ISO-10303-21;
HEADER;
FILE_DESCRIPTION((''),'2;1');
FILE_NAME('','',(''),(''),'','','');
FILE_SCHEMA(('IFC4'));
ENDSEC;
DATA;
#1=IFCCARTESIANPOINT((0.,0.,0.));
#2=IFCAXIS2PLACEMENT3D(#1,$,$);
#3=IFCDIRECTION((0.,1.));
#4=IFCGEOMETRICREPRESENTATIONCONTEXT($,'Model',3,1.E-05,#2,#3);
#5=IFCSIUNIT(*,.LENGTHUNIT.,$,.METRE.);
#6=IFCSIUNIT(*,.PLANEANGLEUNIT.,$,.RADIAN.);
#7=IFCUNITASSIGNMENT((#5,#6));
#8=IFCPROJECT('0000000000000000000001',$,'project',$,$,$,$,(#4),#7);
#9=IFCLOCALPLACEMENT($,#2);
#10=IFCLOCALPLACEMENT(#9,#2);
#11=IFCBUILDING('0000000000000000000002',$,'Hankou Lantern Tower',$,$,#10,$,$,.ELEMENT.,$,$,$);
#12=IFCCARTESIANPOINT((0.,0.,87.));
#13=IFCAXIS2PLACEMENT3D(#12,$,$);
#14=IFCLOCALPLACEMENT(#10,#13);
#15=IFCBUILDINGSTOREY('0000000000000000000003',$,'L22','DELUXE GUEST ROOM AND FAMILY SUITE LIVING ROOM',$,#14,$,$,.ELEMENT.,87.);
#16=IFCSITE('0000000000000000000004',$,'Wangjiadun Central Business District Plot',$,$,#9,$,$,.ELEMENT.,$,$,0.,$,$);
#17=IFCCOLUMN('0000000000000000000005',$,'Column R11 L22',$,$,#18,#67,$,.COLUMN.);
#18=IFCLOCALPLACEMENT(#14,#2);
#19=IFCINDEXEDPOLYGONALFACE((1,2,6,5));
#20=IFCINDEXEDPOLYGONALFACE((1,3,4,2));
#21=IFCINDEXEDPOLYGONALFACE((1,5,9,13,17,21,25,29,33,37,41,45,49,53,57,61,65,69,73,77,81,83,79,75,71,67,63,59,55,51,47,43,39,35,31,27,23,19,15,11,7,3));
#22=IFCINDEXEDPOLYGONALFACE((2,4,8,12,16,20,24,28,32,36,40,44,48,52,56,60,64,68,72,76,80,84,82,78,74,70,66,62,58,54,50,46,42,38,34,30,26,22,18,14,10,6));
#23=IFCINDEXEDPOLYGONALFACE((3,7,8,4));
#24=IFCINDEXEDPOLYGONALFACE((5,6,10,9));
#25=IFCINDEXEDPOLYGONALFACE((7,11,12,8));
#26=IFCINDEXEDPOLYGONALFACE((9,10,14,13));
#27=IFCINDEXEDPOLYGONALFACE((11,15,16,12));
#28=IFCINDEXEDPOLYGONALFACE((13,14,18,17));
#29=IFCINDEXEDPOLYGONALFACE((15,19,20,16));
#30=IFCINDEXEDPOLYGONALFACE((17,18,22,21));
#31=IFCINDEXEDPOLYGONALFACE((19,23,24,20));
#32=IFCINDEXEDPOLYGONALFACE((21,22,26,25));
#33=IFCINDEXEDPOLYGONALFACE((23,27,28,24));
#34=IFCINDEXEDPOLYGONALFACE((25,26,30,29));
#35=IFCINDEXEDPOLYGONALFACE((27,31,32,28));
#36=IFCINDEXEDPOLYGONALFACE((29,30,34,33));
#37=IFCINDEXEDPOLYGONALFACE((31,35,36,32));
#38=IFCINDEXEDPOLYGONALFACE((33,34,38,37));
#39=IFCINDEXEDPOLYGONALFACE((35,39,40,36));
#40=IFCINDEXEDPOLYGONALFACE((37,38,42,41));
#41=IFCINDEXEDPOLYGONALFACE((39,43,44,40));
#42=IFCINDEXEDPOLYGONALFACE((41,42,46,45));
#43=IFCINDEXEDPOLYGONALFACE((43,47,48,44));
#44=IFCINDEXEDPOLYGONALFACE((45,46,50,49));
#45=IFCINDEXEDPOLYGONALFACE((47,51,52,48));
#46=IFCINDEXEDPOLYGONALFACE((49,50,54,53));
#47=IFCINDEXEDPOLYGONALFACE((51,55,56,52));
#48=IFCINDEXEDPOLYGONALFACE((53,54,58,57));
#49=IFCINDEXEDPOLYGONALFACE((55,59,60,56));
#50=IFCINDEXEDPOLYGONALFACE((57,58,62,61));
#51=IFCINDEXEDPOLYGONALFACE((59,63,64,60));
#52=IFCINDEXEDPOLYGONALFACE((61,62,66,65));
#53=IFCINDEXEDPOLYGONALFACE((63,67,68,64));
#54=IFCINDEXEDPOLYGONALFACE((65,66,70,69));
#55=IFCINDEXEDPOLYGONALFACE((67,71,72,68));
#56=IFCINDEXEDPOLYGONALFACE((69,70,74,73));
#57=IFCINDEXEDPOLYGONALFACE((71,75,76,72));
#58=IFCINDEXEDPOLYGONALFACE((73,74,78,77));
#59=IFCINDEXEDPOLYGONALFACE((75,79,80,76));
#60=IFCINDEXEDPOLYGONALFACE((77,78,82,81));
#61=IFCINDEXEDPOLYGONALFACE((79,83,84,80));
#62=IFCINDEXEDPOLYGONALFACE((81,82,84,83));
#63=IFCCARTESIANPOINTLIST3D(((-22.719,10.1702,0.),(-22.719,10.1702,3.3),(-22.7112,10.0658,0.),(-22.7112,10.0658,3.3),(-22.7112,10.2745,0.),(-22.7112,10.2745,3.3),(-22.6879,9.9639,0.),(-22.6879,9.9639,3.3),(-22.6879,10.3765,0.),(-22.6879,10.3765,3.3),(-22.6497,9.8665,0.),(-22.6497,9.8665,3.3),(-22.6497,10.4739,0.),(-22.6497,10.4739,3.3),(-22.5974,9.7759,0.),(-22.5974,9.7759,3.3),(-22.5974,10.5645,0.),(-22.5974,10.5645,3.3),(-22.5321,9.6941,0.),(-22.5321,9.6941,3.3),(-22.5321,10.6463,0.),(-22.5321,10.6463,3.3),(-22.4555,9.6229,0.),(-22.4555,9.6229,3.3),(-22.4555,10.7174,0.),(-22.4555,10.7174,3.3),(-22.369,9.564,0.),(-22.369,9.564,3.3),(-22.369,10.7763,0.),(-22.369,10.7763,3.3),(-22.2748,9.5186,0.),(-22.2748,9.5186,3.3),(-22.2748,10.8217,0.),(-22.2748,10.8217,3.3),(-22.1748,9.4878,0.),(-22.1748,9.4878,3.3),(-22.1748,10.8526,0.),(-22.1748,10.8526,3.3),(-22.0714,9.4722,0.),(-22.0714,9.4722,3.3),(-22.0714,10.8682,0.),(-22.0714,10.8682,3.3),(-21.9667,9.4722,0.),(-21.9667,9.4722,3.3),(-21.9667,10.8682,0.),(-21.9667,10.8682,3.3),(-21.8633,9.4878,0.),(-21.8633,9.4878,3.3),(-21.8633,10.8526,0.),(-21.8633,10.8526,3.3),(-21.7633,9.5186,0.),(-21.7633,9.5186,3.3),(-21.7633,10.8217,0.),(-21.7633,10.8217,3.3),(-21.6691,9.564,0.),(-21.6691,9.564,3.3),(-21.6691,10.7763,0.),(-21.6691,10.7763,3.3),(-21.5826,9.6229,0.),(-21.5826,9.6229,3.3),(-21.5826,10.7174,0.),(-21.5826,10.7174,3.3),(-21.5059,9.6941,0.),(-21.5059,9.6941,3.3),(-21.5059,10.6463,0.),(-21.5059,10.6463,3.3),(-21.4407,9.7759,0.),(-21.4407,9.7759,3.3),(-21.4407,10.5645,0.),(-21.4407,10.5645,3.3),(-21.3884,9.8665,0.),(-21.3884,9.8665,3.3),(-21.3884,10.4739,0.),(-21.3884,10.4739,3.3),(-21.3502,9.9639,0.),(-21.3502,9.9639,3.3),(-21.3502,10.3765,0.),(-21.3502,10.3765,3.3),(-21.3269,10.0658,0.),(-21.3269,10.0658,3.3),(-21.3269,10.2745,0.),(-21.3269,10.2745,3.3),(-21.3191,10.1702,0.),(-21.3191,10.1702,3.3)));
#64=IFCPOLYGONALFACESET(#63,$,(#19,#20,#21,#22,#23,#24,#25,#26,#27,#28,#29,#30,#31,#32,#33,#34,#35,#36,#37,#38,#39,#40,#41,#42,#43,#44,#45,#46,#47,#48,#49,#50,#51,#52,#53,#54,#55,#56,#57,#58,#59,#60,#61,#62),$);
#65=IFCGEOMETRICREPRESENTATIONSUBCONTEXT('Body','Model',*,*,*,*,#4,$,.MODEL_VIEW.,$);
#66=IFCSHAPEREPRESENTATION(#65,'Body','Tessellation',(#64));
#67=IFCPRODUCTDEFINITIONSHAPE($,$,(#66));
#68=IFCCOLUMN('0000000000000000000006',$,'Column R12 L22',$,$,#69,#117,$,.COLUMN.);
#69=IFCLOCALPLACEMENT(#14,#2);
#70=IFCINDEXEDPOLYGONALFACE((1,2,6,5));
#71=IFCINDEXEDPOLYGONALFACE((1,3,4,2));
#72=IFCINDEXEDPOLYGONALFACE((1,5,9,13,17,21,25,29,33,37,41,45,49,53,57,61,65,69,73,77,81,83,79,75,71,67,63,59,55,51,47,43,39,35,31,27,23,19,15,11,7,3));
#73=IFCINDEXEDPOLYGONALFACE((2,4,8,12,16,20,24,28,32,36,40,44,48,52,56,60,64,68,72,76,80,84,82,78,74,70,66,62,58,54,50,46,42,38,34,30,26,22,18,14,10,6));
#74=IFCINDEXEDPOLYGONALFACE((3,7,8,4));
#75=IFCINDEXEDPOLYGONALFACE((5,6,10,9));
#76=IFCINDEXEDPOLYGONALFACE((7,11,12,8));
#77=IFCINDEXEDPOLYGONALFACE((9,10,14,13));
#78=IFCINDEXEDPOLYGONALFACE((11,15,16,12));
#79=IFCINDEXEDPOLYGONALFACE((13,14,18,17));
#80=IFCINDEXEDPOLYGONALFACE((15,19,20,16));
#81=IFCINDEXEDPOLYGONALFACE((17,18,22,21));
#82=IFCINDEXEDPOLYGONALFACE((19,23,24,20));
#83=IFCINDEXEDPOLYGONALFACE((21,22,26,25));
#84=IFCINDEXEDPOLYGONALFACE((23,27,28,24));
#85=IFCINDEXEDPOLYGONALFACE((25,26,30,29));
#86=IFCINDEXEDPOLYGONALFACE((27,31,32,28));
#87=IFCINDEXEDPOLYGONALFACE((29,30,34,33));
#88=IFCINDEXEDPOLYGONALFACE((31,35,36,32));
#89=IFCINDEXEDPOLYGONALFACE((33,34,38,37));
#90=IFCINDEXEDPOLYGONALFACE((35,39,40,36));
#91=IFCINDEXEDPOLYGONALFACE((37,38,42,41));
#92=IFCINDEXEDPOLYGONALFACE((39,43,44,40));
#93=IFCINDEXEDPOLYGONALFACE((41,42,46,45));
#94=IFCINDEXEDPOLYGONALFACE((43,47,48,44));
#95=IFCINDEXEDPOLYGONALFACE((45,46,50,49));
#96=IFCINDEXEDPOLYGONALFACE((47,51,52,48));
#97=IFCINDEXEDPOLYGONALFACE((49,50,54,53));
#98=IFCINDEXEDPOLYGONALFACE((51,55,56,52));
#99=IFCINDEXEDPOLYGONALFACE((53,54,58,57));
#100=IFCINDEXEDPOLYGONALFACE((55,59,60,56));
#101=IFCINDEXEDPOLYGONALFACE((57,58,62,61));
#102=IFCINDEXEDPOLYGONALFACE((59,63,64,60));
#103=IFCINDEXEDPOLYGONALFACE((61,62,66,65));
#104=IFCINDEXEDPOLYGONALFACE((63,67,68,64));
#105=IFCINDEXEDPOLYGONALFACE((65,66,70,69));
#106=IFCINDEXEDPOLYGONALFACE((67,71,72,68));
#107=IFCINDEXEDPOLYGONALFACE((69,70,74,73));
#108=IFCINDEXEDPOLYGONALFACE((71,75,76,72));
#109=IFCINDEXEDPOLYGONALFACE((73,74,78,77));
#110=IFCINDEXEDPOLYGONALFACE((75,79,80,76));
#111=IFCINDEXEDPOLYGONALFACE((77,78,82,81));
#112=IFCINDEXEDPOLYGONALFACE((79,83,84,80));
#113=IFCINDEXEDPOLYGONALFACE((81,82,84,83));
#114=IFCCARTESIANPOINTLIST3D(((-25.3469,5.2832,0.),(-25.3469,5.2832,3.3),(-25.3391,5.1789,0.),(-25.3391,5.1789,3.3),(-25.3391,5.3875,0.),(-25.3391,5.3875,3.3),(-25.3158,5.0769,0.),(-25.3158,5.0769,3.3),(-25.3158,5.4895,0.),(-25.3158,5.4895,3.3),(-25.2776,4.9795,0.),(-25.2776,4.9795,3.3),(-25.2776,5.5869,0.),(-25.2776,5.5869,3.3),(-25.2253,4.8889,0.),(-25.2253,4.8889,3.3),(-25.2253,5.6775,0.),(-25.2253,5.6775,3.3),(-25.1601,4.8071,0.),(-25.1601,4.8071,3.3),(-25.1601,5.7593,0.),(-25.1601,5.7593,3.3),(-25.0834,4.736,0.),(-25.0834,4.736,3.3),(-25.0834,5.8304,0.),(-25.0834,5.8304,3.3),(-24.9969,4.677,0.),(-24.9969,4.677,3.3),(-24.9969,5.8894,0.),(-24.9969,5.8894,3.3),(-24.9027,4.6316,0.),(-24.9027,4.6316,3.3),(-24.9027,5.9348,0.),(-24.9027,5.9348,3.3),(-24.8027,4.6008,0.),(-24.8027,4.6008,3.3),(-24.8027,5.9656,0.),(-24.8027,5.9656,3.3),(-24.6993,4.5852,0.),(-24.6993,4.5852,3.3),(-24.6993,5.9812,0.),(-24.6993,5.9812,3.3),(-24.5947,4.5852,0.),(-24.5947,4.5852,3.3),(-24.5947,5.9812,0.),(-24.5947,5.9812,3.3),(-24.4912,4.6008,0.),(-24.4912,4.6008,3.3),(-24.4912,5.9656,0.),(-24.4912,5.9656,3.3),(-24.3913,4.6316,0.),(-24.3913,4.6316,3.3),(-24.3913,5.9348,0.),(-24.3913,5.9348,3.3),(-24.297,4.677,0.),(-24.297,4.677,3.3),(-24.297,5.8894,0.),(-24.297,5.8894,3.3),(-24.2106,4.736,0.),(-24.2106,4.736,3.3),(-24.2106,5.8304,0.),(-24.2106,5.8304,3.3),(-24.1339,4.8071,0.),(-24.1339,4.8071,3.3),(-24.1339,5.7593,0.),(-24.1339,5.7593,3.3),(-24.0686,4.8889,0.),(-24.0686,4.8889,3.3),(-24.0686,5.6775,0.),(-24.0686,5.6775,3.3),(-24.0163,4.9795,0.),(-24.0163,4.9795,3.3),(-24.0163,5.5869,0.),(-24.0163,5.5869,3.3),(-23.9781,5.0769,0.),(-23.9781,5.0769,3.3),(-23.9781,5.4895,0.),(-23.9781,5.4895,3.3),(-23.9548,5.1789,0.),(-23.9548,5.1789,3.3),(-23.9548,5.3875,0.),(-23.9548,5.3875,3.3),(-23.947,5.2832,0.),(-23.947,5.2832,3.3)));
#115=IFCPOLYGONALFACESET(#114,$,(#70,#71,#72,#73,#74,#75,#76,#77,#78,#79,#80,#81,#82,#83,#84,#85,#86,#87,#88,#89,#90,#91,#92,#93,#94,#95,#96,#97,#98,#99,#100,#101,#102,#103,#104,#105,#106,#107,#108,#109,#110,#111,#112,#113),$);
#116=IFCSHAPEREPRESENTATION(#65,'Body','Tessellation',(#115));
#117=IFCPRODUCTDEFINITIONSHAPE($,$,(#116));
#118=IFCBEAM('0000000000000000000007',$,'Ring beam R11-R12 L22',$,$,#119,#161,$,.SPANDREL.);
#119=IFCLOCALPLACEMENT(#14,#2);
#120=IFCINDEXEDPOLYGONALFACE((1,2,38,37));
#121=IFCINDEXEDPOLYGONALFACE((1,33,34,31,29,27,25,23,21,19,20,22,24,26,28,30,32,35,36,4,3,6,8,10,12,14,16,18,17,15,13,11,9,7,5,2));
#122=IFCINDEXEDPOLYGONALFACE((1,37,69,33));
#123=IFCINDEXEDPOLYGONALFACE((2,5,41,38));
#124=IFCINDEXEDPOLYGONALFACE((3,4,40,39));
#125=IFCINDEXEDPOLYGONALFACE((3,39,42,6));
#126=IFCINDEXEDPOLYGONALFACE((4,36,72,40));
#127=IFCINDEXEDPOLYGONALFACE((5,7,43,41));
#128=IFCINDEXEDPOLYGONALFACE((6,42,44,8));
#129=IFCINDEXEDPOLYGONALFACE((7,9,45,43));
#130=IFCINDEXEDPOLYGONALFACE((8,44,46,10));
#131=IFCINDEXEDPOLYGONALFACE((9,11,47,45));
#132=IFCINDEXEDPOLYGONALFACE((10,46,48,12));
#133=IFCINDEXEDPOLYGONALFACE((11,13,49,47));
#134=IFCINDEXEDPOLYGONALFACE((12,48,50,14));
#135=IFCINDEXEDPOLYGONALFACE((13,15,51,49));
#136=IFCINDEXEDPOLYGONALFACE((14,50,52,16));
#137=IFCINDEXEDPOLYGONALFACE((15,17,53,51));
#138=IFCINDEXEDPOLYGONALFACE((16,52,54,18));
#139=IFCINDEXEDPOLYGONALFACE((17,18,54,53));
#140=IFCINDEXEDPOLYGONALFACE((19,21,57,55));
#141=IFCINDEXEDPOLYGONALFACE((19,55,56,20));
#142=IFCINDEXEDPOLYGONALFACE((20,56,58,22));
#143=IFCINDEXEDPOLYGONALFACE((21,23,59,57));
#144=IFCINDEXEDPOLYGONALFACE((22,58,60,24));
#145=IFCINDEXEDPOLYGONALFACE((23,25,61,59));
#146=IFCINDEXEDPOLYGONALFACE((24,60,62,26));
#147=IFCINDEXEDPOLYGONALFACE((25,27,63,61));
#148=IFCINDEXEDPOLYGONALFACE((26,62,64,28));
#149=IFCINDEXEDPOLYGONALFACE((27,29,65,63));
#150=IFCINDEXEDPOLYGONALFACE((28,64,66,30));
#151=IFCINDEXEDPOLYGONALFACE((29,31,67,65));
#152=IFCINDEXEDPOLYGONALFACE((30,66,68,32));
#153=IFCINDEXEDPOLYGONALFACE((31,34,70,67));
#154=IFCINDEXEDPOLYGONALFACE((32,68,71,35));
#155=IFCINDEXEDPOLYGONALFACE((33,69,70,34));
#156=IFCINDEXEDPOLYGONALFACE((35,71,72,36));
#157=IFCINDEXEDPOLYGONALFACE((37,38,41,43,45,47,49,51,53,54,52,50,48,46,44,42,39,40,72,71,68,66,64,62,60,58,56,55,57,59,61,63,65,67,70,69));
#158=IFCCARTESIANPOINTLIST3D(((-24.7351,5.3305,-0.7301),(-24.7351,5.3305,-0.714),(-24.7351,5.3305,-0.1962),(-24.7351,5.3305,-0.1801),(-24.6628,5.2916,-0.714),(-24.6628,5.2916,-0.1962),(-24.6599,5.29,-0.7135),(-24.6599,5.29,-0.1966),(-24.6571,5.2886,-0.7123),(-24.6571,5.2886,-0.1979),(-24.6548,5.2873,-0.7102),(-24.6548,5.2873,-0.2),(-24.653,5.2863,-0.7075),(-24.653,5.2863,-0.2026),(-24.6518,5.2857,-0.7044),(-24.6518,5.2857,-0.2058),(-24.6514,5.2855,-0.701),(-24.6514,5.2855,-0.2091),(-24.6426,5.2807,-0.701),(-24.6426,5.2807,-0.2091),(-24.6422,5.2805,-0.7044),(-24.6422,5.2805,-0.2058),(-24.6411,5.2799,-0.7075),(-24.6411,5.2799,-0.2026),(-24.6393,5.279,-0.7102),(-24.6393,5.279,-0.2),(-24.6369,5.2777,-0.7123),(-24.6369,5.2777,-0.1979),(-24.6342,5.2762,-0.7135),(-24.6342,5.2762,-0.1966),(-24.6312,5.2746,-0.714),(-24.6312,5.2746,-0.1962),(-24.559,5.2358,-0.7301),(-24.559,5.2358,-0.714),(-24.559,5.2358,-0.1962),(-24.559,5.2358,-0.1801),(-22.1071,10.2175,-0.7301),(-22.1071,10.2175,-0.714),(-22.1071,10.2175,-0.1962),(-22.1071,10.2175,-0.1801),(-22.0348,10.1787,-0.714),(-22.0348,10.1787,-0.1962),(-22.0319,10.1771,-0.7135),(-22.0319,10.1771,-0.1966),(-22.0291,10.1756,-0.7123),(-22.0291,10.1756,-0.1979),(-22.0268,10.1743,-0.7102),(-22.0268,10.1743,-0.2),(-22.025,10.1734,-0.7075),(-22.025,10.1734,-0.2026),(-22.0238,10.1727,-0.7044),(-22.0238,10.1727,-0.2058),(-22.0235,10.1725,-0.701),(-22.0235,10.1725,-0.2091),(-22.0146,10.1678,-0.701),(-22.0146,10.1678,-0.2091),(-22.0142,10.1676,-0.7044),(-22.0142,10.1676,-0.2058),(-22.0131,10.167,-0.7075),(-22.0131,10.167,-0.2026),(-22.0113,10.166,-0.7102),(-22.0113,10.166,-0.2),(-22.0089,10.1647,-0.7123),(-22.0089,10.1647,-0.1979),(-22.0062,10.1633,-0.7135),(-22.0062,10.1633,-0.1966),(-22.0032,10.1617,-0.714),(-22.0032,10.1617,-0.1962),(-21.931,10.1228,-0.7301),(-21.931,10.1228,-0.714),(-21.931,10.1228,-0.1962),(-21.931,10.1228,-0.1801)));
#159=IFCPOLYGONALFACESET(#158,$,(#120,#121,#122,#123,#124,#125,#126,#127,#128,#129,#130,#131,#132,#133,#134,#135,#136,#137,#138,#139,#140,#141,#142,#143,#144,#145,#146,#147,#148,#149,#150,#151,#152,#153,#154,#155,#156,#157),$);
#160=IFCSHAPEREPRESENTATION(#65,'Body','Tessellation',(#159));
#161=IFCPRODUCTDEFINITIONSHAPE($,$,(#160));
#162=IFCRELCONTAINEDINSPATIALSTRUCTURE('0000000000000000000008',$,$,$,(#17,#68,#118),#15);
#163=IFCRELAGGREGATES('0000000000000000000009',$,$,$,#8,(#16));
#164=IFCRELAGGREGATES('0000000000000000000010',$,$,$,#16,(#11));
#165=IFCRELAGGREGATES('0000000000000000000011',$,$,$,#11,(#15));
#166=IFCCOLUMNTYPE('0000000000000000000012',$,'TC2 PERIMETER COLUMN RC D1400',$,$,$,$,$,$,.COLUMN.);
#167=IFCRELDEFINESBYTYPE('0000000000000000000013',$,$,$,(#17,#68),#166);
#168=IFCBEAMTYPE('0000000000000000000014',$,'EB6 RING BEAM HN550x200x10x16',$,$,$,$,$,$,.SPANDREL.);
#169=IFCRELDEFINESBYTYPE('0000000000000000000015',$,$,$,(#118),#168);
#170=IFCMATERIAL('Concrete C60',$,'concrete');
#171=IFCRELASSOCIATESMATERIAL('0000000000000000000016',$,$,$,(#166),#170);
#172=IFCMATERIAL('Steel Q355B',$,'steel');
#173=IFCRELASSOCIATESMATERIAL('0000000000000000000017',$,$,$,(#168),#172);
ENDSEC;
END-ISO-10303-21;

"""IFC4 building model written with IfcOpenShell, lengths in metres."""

from ifc_helpers import new_model, si_unit, direction, frame, origin, origin_2d, place, context, subcontext, project, spatial, circle, i_section, extrude, material, material_profile, profile_set, type_object, element, save


model = new_model("IFC4")

# Units and contexts
model_context = context("Model", 3, precision=1e-05, world=origin(), true_north=direction((0.0, 1.0)))
body_context = subcontext(model_context, "Body", "Model", "MODEL_VIEW")
ifc_project = project(units=[si_unit("LENGTHUNIT", "METRE"), si_unit("PLANEANGLEUNIT", "RADIAN")], contexts=[model_context])

# Site, building, storey
site_placement = place(None, origin())
site = spatial("IfcSite", under=ifc_project, at=site_placement, Name="Wangjiadun Central Business District Plot", CompositionType="ELEMENT", RefElevation=0.0)
building_placement = place(site_placement, origin())
building = spatial("IfcBuilding", under=site, at=building_placement, Name="Hankou Lantern Tower", CompositionType="ELEMENT")
storey_placement = place(building_placement, frame((0.0, 0.0, 87.0)))
storey = spatial("IfcBuildingStorey", under=building, at=storey_placement, Name="L22", Description="DELUXE GUEST ROOM AND FAMILY SUITE LIVING ROOM", CompositionType="ELEMENT", Elevation=87.0)

# Columns
ifc_material_1 = material(Name="Concrete C60", Category="concrete")
ifc_material_profile_1 = material_profile(ifc_material_1, circle(Radius=0.7, at=origin_2d()), Name="RC D1400")
ifc_profile_set_1 = profile_set([ifc_material_profile_1], Name="Concrete C60")
column_type = type_object("IfcColumnType", Name="TC2 PERIMETER COLUMN RC D1400", PredefinedType="COLUMN", material=ifc_profile_set_1)
for number, where, z_axis, x_axis, name in (
    (1, (-22.019, 10.1702, 0.0), (0.0, 0.0, 1.0), (1.0, 0.0, 0.0), "Column R11 L22"),
    (2, (-24.647, 5.2832, 0.0), (0.0, 0.0, 1.0), (1.0, 0.0, 0.0), "Column R12 L22"),
):
    element("IfcColumn", number, at=place(storey_placement, frame(where, z_axis=z_axis, x_axis=x_axis)), inside=storey, type_object=column_type, Name=name, PredefinedType="COLUMN", context=body_context, shape_type="SweptSolid", body=[
        extrude(circle(Radius=0.7, at=origin_2d()), origin(), (0.0, 0.0, 1.0), 3.3),
    ])

# Beam
ifc_material_2 = material(Name="Steel Q355B", Category="steel")
ifc_material_profile_2 = material_profile(ifc_material_2, i_section(OverallWidth=0.2, OverallDepth=0.55, WebThickness=0.01, FlangeThickness=0.0161, FilletRadius=0.0129, at=origin_2d()), Name="HN550x200x10x16")
ifc_profile_set_2 = profile_set([ifc_material_profile_2], Name="Steel Q355B")
beam_type_1 = type_object("IfcBeamType", Name="EB6 RING BEAM HN550x200x10x16", PredefinedType="SPANDREL", material=ifc_profile_set_2)
beam_1_placement = place(storey_placement, frame((-22.019, 10.1702, -0.4551), z_axis=(-0.473609, -0.880735, 0.0), x_axis=(0.880735, -0.473609, 0.0)))
element("IfcBeam", 3, at=beam_1_placement, inside=storey, type_object=beam_type_1, Name="Ring beam R11-R12 L22", PredefinedType="SPANDREL", context=body_context, shape_type="SweptSolid", body=[
    extrude(i_section(OverallWidth=0.2, OverallDepth=0.55, WebThickness=0.01, FlangeThickness=0.0161, FilletRadius=0.0129, at=origin_2d()), origin(), (0.0, 0.0, 1.0), 5.5488),
])

save(model, "model.ifc")
